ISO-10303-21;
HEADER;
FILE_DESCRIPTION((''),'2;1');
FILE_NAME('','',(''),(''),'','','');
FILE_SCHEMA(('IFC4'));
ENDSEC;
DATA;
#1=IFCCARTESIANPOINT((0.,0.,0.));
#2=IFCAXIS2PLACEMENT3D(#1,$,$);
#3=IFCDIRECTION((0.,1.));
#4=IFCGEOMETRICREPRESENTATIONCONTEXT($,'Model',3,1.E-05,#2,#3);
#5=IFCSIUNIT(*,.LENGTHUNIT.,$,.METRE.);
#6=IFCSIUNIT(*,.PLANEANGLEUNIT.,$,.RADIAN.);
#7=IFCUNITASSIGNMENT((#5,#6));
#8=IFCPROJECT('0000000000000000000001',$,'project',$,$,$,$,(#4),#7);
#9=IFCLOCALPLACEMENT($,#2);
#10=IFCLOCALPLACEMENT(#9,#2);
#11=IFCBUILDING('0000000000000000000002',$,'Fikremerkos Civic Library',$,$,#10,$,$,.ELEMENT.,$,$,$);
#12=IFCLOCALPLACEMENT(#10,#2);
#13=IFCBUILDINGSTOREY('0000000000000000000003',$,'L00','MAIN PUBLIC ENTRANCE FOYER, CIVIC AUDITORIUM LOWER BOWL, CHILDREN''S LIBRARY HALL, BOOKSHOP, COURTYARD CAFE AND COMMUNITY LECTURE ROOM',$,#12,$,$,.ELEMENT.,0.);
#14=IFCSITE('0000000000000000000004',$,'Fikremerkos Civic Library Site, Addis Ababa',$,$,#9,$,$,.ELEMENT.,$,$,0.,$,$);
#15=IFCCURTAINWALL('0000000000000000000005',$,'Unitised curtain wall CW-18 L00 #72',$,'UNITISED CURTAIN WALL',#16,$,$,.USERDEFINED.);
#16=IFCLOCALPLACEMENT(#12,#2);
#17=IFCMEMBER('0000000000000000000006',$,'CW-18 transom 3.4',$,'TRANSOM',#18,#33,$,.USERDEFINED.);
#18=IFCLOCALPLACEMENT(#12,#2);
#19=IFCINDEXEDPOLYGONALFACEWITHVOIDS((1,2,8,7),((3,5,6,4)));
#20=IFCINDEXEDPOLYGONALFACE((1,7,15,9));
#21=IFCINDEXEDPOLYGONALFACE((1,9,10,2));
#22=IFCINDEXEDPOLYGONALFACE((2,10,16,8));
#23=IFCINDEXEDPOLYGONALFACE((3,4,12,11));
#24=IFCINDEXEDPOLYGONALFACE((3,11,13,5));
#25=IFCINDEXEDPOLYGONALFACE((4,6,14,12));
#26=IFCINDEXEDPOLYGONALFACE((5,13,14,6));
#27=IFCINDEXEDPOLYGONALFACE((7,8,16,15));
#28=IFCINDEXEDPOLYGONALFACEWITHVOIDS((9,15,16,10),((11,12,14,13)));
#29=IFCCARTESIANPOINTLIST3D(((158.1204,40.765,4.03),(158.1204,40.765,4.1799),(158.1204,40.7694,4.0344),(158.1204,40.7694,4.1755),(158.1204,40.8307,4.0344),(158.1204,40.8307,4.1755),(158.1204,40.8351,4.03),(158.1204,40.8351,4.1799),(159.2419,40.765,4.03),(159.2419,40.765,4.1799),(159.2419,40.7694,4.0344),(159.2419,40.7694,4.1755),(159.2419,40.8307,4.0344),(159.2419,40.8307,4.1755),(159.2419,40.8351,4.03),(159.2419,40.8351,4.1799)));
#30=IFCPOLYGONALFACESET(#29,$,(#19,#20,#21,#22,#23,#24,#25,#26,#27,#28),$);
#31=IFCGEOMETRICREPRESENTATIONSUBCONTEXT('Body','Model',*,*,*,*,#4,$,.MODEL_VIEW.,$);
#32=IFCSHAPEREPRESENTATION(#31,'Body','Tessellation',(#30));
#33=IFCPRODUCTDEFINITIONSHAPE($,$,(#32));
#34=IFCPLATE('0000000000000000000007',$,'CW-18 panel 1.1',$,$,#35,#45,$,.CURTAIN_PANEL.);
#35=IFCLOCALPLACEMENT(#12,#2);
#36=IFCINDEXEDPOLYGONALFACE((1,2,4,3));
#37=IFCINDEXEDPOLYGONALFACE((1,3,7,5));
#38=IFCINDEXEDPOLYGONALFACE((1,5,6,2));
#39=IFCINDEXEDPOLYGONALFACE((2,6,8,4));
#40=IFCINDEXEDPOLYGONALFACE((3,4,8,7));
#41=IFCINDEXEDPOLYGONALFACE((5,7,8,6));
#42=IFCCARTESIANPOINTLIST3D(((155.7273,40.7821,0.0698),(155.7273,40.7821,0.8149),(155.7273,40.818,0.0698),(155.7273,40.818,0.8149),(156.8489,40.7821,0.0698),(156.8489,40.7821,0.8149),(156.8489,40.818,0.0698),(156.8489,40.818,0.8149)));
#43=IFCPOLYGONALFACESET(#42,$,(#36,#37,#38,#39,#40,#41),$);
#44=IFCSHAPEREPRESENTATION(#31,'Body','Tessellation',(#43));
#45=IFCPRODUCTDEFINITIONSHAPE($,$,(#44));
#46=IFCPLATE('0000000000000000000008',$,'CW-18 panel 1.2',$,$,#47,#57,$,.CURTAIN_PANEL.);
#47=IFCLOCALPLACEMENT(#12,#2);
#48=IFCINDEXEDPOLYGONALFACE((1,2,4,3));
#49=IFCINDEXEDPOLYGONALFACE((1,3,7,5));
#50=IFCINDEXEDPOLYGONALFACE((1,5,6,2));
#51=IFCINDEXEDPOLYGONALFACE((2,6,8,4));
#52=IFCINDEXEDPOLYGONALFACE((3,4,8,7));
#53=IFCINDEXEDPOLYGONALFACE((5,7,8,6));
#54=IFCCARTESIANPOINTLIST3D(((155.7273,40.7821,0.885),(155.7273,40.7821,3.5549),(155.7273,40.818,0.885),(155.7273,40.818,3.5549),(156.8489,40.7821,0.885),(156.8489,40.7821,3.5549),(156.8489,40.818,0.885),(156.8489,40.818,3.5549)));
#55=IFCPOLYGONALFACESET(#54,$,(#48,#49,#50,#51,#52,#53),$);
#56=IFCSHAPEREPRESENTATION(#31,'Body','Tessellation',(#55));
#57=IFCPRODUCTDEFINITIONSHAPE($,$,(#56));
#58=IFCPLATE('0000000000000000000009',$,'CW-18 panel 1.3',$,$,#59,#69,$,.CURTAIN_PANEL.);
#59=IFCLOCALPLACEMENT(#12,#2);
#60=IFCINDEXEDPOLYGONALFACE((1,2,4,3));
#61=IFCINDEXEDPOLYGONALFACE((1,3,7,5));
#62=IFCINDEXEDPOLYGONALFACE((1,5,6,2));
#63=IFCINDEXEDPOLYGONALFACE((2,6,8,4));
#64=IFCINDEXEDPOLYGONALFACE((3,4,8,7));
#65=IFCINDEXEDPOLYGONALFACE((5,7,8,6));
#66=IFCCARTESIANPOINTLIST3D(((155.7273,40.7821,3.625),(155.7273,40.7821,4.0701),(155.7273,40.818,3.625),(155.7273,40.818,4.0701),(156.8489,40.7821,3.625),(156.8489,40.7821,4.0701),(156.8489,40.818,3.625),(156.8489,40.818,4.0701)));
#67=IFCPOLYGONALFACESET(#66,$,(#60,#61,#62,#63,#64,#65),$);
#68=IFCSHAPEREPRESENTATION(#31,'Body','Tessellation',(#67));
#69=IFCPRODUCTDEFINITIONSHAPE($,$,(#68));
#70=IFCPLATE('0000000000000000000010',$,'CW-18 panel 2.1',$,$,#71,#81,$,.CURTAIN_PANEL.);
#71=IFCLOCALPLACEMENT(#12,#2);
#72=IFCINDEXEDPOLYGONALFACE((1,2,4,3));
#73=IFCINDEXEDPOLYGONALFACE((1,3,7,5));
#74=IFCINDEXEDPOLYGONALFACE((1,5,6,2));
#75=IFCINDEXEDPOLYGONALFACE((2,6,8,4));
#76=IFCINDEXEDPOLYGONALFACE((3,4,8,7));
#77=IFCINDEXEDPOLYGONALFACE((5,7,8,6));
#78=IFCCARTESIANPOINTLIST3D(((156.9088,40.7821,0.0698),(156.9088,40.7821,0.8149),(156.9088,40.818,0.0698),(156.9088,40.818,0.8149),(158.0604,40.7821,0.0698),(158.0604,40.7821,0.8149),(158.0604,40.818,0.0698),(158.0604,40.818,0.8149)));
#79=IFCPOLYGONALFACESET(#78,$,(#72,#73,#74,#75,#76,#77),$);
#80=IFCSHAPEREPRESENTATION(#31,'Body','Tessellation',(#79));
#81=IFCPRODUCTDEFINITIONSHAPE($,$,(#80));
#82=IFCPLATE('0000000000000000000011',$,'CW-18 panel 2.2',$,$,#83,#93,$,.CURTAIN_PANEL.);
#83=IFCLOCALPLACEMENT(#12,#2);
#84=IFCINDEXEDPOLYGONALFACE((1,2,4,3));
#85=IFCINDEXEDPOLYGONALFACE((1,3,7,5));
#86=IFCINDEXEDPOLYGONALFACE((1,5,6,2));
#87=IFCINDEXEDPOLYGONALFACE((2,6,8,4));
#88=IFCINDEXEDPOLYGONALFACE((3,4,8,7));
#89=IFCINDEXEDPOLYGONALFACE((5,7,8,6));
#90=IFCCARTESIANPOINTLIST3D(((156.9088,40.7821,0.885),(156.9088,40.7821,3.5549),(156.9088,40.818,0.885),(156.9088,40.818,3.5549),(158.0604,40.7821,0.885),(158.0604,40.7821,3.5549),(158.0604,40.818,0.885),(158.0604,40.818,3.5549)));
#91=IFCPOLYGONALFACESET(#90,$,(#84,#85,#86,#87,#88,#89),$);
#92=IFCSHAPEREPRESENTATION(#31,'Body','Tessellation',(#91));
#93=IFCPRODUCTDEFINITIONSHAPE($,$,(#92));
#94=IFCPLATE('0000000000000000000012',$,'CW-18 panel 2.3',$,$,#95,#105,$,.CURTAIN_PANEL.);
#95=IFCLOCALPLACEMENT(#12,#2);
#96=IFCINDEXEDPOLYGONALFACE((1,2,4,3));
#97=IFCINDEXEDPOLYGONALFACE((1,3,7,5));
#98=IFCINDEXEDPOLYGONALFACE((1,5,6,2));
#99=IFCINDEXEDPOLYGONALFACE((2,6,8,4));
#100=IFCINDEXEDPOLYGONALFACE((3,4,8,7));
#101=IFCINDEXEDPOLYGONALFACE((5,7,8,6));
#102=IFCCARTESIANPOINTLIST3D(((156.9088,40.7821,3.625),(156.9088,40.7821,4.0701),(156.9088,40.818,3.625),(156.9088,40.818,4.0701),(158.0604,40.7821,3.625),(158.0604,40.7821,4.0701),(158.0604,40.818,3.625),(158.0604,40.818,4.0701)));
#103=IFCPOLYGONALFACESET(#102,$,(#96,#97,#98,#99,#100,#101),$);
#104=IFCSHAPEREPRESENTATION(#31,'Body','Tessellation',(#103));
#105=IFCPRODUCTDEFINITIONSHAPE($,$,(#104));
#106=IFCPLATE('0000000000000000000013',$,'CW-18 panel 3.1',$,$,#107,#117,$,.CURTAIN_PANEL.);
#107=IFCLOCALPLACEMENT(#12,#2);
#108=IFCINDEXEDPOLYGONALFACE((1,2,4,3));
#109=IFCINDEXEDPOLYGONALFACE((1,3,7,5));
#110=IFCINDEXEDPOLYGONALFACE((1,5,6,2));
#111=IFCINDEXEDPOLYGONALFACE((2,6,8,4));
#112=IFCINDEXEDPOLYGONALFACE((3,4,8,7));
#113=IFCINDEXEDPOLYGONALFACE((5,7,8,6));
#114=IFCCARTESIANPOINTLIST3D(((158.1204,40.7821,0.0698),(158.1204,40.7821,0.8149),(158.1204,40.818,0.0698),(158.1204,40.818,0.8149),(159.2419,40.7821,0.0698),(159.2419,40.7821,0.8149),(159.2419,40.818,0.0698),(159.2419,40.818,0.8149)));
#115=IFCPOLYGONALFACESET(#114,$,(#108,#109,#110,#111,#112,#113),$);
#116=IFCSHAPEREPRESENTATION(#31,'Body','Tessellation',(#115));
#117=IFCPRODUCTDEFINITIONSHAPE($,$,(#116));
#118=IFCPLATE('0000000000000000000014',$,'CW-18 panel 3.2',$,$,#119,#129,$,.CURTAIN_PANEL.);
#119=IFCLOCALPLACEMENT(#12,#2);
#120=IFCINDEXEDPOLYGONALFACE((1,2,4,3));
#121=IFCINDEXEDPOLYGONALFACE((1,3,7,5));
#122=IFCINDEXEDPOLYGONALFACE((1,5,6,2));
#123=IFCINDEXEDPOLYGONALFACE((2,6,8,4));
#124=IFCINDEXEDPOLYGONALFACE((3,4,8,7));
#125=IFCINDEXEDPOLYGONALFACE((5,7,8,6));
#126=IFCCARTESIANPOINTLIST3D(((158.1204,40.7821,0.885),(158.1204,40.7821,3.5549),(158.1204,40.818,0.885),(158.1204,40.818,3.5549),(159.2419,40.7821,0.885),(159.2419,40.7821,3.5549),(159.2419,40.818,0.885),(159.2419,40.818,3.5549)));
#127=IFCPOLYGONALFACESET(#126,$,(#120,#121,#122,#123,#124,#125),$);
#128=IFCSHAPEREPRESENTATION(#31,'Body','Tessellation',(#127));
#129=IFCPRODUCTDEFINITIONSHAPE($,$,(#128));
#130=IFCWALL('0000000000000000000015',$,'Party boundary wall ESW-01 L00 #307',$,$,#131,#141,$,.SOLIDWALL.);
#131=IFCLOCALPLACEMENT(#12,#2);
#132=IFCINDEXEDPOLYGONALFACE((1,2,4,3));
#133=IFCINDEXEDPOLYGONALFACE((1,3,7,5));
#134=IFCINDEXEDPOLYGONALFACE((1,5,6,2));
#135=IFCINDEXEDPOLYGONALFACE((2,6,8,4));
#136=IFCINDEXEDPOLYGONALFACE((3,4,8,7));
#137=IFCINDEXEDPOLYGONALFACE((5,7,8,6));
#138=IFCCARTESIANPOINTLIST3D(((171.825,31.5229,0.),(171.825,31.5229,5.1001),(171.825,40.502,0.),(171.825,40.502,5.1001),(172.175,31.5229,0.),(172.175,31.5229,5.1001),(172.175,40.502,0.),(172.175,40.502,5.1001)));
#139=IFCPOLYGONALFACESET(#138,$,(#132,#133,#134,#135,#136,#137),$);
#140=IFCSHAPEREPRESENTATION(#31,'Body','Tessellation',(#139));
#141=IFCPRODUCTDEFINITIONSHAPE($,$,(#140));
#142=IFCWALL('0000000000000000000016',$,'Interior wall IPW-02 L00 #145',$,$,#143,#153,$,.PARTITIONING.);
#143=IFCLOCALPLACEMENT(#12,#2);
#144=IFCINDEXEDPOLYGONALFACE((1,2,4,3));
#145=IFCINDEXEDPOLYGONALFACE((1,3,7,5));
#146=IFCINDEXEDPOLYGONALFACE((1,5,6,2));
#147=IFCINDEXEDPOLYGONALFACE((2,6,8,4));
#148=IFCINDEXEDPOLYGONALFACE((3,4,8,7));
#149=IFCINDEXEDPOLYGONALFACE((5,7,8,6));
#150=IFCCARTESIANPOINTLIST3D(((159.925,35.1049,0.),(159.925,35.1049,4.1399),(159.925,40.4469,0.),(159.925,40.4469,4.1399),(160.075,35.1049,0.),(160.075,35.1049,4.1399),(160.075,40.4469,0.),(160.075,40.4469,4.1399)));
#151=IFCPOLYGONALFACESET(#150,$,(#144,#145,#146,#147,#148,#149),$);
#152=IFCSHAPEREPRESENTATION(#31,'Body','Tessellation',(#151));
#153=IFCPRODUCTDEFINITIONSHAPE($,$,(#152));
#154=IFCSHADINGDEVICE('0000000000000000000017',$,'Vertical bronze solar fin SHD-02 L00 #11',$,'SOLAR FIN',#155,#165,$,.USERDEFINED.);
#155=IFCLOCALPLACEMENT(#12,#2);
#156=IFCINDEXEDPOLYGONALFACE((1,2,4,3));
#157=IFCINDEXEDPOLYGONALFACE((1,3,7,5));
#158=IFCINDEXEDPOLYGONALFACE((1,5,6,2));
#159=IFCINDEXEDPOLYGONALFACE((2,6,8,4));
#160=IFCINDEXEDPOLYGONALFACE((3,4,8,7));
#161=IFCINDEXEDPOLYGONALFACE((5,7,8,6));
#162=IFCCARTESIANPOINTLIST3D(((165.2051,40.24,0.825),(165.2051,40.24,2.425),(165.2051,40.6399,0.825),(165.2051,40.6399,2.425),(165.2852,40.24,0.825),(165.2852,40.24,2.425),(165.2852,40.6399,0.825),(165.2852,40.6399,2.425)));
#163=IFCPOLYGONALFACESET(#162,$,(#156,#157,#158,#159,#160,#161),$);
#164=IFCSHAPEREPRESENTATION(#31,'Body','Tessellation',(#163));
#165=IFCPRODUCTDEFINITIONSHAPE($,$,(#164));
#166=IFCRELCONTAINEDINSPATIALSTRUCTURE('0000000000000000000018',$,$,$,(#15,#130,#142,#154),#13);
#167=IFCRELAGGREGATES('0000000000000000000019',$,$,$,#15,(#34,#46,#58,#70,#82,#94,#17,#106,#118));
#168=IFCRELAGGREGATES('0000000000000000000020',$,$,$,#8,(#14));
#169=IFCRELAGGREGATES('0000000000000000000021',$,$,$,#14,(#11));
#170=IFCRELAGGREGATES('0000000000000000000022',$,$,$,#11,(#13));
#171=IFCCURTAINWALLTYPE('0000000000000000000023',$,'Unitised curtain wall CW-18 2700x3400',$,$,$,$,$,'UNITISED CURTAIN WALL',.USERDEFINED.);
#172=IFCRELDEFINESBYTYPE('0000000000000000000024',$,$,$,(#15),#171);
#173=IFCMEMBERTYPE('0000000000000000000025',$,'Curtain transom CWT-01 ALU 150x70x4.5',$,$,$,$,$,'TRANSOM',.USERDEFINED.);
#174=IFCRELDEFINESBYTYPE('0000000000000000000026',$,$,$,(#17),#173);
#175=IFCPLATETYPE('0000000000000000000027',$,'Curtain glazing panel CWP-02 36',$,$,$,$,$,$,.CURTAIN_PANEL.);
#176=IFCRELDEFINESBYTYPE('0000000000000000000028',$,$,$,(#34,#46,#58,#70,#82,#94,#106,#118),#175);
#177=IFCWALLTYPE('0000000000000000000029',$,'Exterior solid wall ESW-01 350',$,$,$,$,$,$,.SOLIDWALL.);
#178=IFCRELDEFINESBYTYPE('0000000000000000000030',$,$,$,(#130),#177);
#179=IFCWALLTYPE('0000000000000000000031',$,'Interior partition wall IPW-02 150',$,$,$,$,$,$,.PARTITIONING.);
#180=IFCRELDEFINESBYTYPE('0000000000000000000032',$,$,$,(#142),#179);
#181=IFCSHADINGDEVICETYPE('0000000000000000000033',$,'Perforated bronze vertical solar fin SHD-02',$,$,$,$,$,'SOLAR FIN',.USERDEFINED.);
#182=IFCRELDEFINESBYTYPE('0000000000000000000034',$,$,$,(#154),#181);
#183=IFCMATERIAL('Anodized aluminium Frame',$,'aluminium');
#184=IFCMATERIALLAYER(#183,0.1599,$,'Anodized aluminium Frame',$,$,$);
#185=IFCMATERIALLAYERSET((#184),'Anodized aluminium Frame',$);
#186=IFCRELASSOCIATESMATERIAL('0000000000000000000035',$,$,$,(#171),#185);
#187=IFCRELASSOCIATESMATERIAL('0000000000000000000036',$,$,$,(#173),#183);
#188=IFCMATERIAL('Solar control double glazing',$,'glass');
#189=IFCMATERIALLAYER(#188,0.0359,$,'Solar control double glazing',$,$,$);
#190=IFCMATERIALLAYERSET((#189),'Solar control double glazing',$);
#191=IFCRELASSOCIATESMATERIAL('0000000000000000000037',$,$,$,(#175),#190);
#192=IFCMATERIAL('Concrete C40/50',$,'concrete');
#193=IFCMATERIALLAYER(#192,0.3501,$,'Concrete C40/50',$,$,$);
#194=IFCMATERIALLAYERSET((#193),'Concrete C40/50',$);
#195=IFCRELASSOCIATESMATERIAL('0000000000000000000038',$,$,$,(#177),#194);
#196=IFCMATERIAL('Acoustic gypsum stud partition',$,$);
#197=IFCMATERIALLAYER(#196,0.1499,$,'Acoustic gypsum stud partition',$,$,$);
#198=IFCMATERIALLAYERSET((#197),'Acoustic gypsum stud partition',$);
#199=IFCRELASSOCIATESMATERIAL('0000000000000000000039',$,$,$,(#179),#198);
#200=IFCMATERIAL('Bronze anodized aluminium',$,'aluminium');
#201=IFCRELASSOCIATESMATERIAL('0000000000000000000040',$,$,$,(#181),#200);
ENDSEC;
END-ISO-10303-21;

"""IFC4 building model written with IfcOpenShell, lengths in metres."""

from ifc_helpers import new_model, si_unit, direction, frame, frame_2d, origin, origin_2d, place, context, subcontext, project, spatial, rectangle, hollow_rectangle, extrude, material, layer, layer_set, material_profile, profile_set, type_object, element, aggregate, save


model = new_model("IFC4")

# Units and contexts
model_context = context("Model", 3, precision=1e-05, world=origin(), true_north=direction((0.0, 1.0)))
body_context = subcontext(model_context, "Body", "Model", "MODEL_VIEW")
ifc_project = project(units=[si_unit("LENGTHUNIT", "METRE"), si_unit("PLANEANGLEUNIT", "RADIAN")], contexts=[model_context])

# Site, building, storey
site_placement = place(None, origin())
site = spatial("IfcSite", under=ifc_project, at=site_placement, Name="Fikremerkos Civic Library Site, Addis Ababa", CompositionType="ELEMENT", RefElevation=0.0)
building_placement = place(site_placement, origin())
building = spatial("IfcBuilding", under=site, at=building_placement, Name="Fikremerkos Civic Library", CompositionType="ELEMENT")
storey_placement = place(building_placement, origin())
storey = spatial("IfcBuildingStorey", under=building, at=storey_placement, Name="L00", Description="MAIN PUBLIC ENTRANCE FOYER, CIVIC AUDITORIUM LOWER BOWL, CHILDREN'S LIBRARY HALL, BOOKSHOP, COURTYARD CAFE AND COMMUNITY LECTURE ROOM", CompositionType="ELEMENT", Elevation=0.0)

# Shared definitions
ifc_material_1 = material(Name="Concrete C40/50", Category="concrete")

# Curtain wall, member, plates
ifc_material_2 = material(Name="Anodized aluminium Frame", Category="aluminium")
ifc_layer_1 = layer(ifc_material_2, 0.1599, Name="Anodized aluminium Frame")
ifc_layer_set_1 = layer_set([ifc_layer_1], Name="Anodized aluminium Frame")
curtain_wall_type = type_object("IfcCurtainWallType", Name="Unitised curtain wall CW-18 2700x3400", ElementType="UNITISED CURTAIN WALL", PredefinedType="USERDEFINED", material=ifc_layer_set_1)
curtain_wall_placement = place(storey_placement, origin())
curtain_wall = element("IfcCurtainWall", 1, at=curtain_wall_placement, inside=storey, type_object=curtain_wall_type, Name="Unitised curtain wall CW-18 L00 #72", ObjectType="UNITISED CURTAIN WALL", PredefinedType="USERDEFINED")
ifc_material_profile_1 = material_profile(ifc_material_2, hollow_rectangle(XDim=0.0701, YDim=0.1499, WallThickness=0.0044, at=origin_2d()), Name="ALU 150x70x4.5")
ifc_profile_set_1 = profile_set([ifc_material_profile_1], Name="Anodized aluminium Frame")
member_type_1 = type_object("IfcMemberType", Name="Curtain transom CWT-01 ALU 150x70x4.5", ElementType="TRANSOM", PredefinedType="USERDEFINED", material=ifc_profile_set_1)
member_1_placement = place(storey_placement, frame((158.1204, 40.8, 4.105), z_axis=(1.0, 0.0, 0.0), x_axis=(0.0, 1.0, 0.0)))
member_1 = element("IfcMember", 2, at=member_1_placement, type_object=member_type_1, Name="CW-18 transom 3.4", ObjectType="TRANSOM", PredefinedType="USERDEFINED", context=body_context, shape_type="SweptSolid", body=[
    extrude(hollow_rectangle(XDim=0.0701, YDim=0.1499, WallThickness=0.0044, at=origin_2d()), origin(), (0.0, 0.0, 1.0), 1.1216),
])
ifc_material_3 = material(Name="Solar control double glazing", Category="glass")
ifc_layer_2 = layer(ifc_material_3, 0.0359, Name="Solar control double glazing")
ifc_layer_set_2 = layer_set([ifc_layer_2], Name="Solar control double glazing")
plate_type = type_object("IfcPlateType", Name="Curtain glazing panel CWP-02 36", PredefinedType="CURTAIN_PANEL", material=ifc_layer_set_2)
plate_1_placement = place(storey_placement, frame((156.2881, 40.8, 0.0698), z_axis=(0.0, 0.0, 1.0), x_axis=(1.0, 0.0, 0.0)))
plate_1 = element("IfcPlate", 3, at=plate_1_placement, type_object=plate_type, Name="CW-18 panel 1.1", PredefinedType="CURTAIN_PANEL", context=body_context, shape_type="SweptSolid", body=[
    extrude(rectangle(XDim=1.1216, YDim=0.0359, at=origin_2d()), origin(), (0.0, 0.0, 1.0), 0.7451),
])
plate_2_placement = place(storey_placement, frame((156.2881, 40.8, 0.885), z_axis=(0.0, 0.0, 1.0), x_axis=(1.0, 0.0, 0.0)))
plate_2 = element("IfcPlate", 4, at=plate_2_placement, type_object=plate_type, Name="CW-18 panel 1.2", PredefinedType="CURTAIN_PANEL", context=body_context, shape_type="SweptSolid", body=[
    extrude(rectangle(XDim=1.1216, YDim=0.0359, at=origin_2d()), origin(), (0.0, 0.0, 1.0), 2.6699),
])
plate_3_placement = place(storey_placement, frame((156.2881, 40.8, 3.625), z_axis=(0.0, 0.0, 1.0), x_axis=(1.0, 0.0, 0.0)))
plate_3 = element("IfcPlate", 5, at=plate_3_placement, type_object=plate_type, Name="CW-18 panel 1.3", PredefinedType="CURTAIN_PANEL", context=body_context, shape_type="SweptSolid", body=[
    extrude(rectangle(XDim=1.1216, YDim=0.0359, at=origin_2d()), origin(), (0.0, 0.0, 1.0), 0.4451),
])
plate_4_placement = place(storey_placement, frame((157.4846, 40.8, 0.0698), z_axis=(0.0, 0.0, 1.0), x_axis=(1.0, 0.0, 0.0)))
plate_4 = element("IfcPlate", 6, at=plate_4_placement, type_object=plate_type, Name="CW-18 panel 2.1", PredefinedType="CURTAIN_PANEL", context=body_context, shape_type="SweptSolid", body=[
    extrude(rectangle(XDim=1.1516, YDim=0.0359, at=origin_2d()), origin(), (0.0, 0.0, 1.0), 0.7451),
])
plate_5_placement = place(storey_placement, frame((157.4846, 40.8, 0.885), z_axis=(0.0, 0.0, 1.0), x_axis=(1.0, 0.0, 0.0)))
plate_5 = element("IfcPlate", 7, at=plate_5_placement, type_object=plate_type, Name="CW-18 panel 2.2", PredefinedType="CURTAIN_PANEL", context=body_context, shape_type="SweptSolid", body=[
    extrude(rectangle(XDim=1.1516, YDim=0.0359, at=origin_2d()), origin(), (0.0, 0.0, 1.0), 2.6699),
])
plate_6_placement = place(storey_placement, frame((157.4846, 40.8, 3.625), z_axis=(0.0, 0.0, 1.0), x_axis=(1.0, 0.0, 0.0)))
plate_6 = element("IfcPlate", 8, at=plate_6_placement, type_object=plate_type, Name="CW-18 panel 2.3", PredefinedType="CURTAIN_PANEL", context=body_context, shape_type="SweptSolid", body=[
    extrude(rectangle(XDim=1.1516, YDim=0.0359, at=origin_2d()), origin(), (0.0, 0.0, 1.0), 0.4451),
])
plate_7_placement = place(storey_placement, frame((158.6812, 40.8, 0.0698), z_axis=(0.0, 0.0, 1.0), x_axis=(1.0, 0.0, 0.0)))
plate_7 = element("IfcPlate", 9, at=plate_7_placement, type_object=plate_type, Name="CW-18 panel 3.1", PredefinedType="CURTAIN_PANEL", context=body_context, shape_type="SweptSolid", body=[
    extrude(rectangle(XDim=1.1216, YDim=0.0359, at=origin_2d()), origin(), (0.0, 0.0, 1.0), 0.7451),
])
plate_8_placement = place(storey_placement, frame((158.6812, 40.8, 0.885), z_axis=(0.0, 0.0, 1.0), x_axis=(1.0, 0.0, 0.0)))
plate_8 = element("IfcPlate", 10, at=plate_8_placement, type_object=plate_type, Name="CW-18 panel 3.2", PredefinedType="CURTAIN_PANEL", context=body_context, shape_type="SweptSolid", body=[
    extrude(rectangle(XDim=1.1216, YDim=0.0359, at=origin_2d()), origin(), (0.0, 0.0, 1.0), 2.6699),
])
aggregate(curtain_wall, [plate_1, plate_2, plate_3, plate_4, plate_5, plate_6, member_1, plate_7, plate_8])

# Walls
ifc_layer_3 = layer(ifc_material_1, 0.3501, Name="Concrete C40/50")
ifc_layer_set_3 = layer_set([ifc_layer_3], Name="Concrete C40/50")
wall_type_1 = type_object("IfcWallType", Name="Exterior solid wall ESW-01 350", PredefinedType="SOLIDWALL", material=ifc_layer_set_3)
wall_1_placement = place(storey_placement, frame((172.0, 40.502, 0.0), z_axis=(0.0, 0.0, 1.0), x_axis=(0.0, -1.0, 0.0)))
element("IfcWall", 11, at=wall_1_placement, inside=storey, type_object=wall_type_1, Name="Party boundary wall ESW-01 L00 #307", PredefinedType="SOLIDWALL", context=body_context, shape_type="SweptSolid", body=[
    extrude(rectangle(XDim=8.979, YDim=0.3501, at=frame_2d((4.4895, 0.0))), origin(), (0.0, 0.0, 1.0), 5.1001),
])
ifc_material_4 = material(Name="Acoustic gypsum stud partition")
ifc_layer_4 = layer(ifc_material_4, 0.1499, Name="Acoustic gypsum stud partition")
ifc_layer_set_4 = layer_set([ifc_layer_4], Name="Acoustic gypsum stud partition")
wall_type_2 = type_object("IfcWallType", Name="Interior partition wall IPW-02 150", PredefinedType="PARTITIONING", material=ifc_layer_set_4)
wall_2_placement = place(storey_placement, frame((160.0, 35.105, 0.0), z_axis=(0.0, 0.0, 1.0), x_axis=(0.0, 1.0, 0.0)))
element("IfcWall", 12, at=wall_2_placement, inside=storey, type_object=wall_type_2, Name="Interior wall IPW-02 L00 #145", PredefinedType="PARTITIONING", context=body_context, shape_type="SweptSolid", body=[
    extrude(rectangle(XDim=5.342, YDim=0.1499, at=frame_2d((2.6709, 0.0))), origin(), (0.0, 0.0, 1.0), 4.1399),
])

# Shading device
ifc_material_5 = material(Name="Bronze anodized aluminium", Category="aluminium")
shading_device_type = type_object("IfcShadingDeviceType", Name="Perforated bronze vertical solar fin SHD-02", ElementType="SOLAR FIN", PredefinedType="USERDEFINED", material=ifc_material_5)
shading_device_placement = place(storey_placement, frame((165.2451, 40.4399, 0.825), z_axis=(0.0, 0.0, 1.0), x_axis=(1.0, 0.0, 0.0)))
element("IfcShadingDevice", 13, at=shading_device_placement, inside=storey, type_object=shading_device_type, Name="Vertical bronze solar fin SHD-02 L00 #11", ObjectType="SOLAR FIN", PredefinedType="USERDEFINED", context=body_context, shape_type="SweptSolid", body=[
    extrude(rectangle(XDim=0.0801, YDim=0.3999, at=origin_2d()), origin(), (0.0, 0.0, 1.0), 1.6001),
])

save(model, "model.ifc")
